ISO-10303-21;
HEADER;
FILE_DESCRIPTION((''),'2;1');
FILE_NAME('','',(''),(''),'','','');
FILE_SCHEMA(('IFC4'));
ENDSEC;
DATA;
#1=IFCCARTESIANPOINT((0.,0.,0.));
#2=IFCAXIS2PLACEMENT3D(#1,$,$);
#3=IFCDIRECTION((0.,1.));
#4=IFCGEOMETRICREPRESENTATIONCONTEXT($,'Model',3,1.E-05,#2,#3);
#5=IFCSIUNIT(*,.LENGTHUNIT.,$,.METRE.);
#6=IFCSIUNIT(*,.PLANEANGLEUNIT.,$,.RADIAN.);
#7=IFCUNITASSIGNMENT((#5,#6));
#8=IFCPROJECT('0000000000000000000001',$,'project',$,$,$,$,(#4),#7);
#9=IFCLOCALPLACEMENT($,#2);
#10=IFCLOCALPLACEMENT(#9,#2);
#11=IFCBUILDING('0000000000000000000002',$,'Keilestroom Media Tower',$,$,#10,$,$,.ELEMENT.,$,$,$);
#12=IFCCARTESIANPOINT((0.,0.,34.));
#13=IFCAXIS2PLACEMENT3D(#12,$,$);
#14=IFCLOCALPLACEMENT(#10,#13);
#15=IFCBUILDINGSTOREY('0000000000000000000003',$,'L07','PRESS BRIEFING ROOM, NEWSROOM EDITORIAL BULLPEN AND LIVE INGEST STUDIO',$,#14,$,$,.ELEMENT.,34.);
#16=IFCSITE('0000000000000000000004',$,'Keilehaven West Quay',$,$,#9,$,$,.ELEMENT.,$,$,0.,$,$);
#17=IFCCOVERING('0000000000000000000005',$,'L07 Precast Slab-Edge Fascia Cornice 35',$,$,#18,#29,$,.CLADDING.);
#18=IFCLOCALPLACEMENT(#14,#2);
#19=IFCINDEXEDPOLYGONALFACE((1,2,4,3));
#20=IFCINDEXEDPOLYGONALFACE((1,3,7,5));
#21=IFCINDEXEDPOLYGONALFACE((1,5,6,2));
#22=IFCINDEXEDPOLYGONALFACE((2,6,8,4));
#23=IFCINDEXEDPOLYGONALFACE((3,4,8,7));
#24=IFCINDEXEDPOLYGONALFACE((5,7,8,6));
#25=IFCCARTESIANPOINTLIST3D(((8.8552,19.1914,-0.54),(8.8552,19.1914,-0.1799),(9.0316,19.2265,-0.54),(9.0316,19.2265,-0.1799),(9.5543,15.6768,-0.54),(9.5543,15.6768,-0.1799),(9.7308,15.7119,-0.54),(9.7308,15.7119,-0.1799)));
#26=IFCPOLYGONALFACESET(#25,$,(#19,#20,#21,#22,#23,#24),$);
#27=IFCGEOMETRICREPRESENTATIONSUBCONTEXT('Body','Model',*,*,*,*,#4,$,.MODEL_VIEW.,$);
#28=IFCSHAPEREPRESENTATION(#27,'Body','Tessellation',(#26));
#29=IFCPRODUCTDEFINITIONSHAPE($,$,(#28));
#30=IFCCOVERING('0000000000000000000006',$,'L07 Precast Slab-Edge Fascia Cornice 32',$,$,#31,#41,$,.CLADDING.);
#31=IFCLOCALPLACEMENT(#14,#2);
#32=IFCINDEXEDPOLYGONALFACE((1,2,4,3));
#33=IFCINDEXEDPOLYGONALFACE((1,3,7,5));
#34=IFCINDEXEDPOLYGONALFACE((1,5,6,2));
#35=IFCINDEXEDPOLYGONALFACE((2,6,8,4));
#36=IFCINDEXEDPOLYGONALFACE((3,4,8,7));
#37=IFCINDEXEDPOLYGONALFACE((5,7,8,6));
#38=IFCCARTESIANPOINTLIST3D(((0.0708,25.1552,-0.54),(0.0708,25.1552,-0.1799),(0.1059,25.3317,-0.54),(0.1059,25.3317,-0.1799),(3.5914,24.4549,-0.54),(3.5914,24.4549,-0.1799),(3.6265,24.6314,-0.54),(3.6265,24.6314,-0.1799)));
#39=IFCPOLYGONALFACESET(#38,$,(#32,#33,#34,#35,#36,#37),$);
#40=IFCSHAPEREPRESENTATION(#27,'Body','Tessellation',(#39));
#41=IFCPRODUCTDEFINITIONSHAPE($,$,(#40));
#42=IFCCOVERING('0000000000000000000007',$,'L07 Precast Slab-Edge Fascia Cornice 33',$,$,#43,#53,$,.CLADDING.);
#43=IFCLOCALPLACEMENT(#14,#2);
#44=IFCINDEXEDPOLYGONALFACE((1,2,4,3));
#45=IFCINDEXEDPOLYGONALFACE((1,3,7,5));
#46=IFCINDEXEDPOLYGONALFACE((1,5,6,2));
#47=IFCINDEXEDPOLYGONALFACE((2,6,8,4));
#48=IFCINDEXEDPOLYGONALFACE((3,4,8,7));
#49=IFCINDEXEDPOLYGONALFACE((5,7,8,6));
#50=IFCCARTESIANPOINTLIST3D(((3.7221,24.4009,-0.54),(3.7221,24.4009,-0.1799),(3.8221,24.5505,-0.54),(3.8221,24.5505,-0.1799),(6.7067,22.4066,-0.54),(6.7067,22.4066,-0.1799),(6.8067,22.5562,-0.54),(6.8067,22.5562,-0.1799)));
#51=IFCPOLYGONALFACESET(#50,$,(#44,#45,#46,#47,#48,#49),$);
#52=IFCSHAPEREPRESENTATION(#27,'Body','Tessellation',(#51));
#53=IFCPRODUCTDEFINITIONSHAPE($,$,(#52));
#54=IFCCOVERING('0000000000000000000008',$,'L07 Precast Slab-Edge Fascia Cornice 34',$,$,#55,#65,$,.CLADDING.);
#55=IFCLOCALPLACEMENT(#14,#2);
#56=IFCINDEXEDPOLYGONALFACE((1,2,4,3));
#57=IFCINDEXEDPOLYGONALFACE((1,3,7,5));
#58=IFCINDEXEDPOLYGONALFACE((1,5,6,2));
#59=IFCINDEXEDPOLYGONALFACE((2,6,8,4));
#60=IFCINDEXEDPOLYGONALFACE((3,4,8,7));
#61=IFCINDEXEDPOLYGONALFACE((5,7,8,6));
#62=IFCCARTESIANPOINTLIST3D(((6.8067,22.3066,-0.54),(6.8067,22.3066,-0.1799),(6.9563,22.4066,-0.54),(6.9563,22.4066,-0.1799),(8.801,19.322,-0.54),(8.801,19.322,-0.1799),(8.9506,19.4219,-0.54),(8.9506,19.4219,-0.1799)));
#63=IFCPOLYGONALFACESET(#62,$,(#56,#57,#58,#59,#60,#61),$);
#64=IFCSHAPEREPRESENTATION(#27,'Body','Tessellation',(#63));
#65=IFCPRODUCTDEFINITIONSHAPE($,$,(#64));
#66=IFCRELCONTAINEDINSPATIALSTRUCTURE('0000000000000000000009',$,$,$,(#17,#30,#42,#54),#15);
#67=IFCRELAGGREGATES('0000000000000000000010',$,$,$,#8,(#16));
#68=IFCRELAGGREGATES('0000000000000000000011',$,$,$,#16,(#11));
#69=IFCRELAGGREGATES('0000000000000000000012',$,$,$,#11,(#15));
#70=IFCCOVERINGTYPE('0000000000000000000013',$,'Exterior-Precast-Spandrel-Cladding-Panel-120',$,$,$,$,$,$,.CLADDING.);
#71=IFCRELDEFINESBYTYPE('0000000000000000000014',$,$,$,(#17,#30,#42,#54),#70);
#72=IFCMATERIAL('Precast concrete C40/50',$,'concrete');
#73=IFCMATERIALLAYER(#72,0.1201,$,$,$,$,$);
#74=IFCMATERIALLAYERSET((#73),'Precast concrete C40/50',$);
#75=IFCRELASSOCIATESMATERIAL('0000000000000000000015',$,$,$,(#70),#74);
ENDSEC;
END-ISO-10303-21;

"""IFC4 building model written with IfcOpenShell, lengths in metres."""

from ifc_helpers import new_model, si_unit, direction, frame, origin, origin_2d, place, context, subcontext, project, spatial, rectangle, extrude, source, transform, mapped, material, layer, layer_set, type_object, element, save


model = new_model("IFC4")

# Units and contexts
model_context = context("Model", 3, precision=1e-05, world=origin(), true_north=direction((0.0, 1.0)))
body_context = subcontext(model_context, "Body", "Model", "MODEL_VIEW")
ifc_project = project(units=[si_unit("LENGTHUNIT", "METRE"), si_unit("PLANEANGLEUNIT", "RADIAN")], contexts=[model_context])

# Site, building, storey
site_placement = place(None, origin())
site = spatial("IfcSite", under=ifc_project, at=site_placement, Name="Keilehaven West Quay", CompositionType="ELEMENT", RefElevation=0.0)
building_placement = place(site_placement, origin())
building = spatial("IfcBuilding", under=site, at=building_placement, Name="Keilestroom Media Tower", CompositionType="ELEMENT")
storey_placement = place(building_placement, frame((0.0, 0.0, 34.0)))
storey = spatial("IfcBuildingStorey", under=building, at=storey_placement, Name="L07", Description="PRESS BRIEFING ROOM, NEWSROOM EDITORIAL BULLPEN AND LIVE INGEST STUDIO", CompositionType="ELEMENT", Elevation=34.0)

# Shared definitions
ifc_material_1 = material(Name="Precast concrete C40/50", Category="concrete")

# Coverings
ifc_layer_1 = layer(ifc_material_1, 0.1201)
ifc_layer_set_1 = layer_set([ifc_layer_1], Name="Precast concrete C40/50")
covering_type = type_object("IfcCoveringType", Name="Exterior-Precast-Spandrel-Cladding-Panel-120", PredefinedType="CLADDING", material=ifc_layer_set_1)
shared_shape_1 = source(origin(), body_context, "Body", "SweptSolid", [
    extrude(rectangle(XDim=3.5835, YDim=0.1799, at=origin_2d()), origin(), (0.0, 0.0, 1.0), 0.3601),
])
covering_1_placement = place(storey_placement, frame((9.293, 17.4517, -0.54), z_axis=(0.0, 0.0, 1.0), x_axis=(0.195099, -0.980784, 0.0)))
element("IfcCovering", 1, at=covering_1_placement, inside=storey, type_object=covering_type, Name="L07 Precast Slab-Edge Fascia Cornice 35", PredefinedType="CLADDING", context=body_context, shape_type="MappedRepresentation", body=[
    mapped(shared_shape_1, transform((0.0, 0.0, 0.0), x_axis=(1.0, 0.0, 0.0), y_axis=(0.0, 1.0, 0.0), z_axis=(0.0, 0.0, 1.0), scale=1.0)),
])
shared_shape_2 = source(origin(), body_context, "Body", "SweptSolid", [
    extrude(rectangle(XDim=3.5896, YDim=0.1799, at=origin_2d()), origin(), (0.0, 0.0, 1.0), 0.3601),
])
for number, where, z_axis, x_axis, name in (
    (2, (1.8486, 24.8933, -0.54), (0.0, 0.0, 1.0), (0.980784, -0.195099, 0.0), "L07 Precast Slab-Edge Fascia Cornice 32"),
    (3, (5.2644, 23.4785, -0.54), (0.0, 0.0, 1.0), (0.831467, -0.555575, 0.0), "L07 Precast Slab-Edge Fascia Cornice 33"),
    (4, (7.8787, 20.8643, -0.54), (0.0, 0.0, 1.0), (0.555575, -0.831467, 0.0), "L07 Precast Slab-Edge Fascia Cornice 34"),
):
    element("IfcCovering", number, at=place(storey_placement, frame(where, z_axis=z_axis, x_axis=x_axis)), inside=storey, type_object=covering_type, Name=name, PredefinedType="CLADDING", context=body_context, shape_type="MappedRepresentation", body=[
        mapped(shared_shape_2, transform((0.0, 0.0, 0.0), x_axis=(1.0, 0.0, 0.0), y_axis=(0.0, 1.0, 0.0), z_axis=(0.0, 0.0, 1.0), scale=1.0)),
    ])

save(model, "model.ifc")
